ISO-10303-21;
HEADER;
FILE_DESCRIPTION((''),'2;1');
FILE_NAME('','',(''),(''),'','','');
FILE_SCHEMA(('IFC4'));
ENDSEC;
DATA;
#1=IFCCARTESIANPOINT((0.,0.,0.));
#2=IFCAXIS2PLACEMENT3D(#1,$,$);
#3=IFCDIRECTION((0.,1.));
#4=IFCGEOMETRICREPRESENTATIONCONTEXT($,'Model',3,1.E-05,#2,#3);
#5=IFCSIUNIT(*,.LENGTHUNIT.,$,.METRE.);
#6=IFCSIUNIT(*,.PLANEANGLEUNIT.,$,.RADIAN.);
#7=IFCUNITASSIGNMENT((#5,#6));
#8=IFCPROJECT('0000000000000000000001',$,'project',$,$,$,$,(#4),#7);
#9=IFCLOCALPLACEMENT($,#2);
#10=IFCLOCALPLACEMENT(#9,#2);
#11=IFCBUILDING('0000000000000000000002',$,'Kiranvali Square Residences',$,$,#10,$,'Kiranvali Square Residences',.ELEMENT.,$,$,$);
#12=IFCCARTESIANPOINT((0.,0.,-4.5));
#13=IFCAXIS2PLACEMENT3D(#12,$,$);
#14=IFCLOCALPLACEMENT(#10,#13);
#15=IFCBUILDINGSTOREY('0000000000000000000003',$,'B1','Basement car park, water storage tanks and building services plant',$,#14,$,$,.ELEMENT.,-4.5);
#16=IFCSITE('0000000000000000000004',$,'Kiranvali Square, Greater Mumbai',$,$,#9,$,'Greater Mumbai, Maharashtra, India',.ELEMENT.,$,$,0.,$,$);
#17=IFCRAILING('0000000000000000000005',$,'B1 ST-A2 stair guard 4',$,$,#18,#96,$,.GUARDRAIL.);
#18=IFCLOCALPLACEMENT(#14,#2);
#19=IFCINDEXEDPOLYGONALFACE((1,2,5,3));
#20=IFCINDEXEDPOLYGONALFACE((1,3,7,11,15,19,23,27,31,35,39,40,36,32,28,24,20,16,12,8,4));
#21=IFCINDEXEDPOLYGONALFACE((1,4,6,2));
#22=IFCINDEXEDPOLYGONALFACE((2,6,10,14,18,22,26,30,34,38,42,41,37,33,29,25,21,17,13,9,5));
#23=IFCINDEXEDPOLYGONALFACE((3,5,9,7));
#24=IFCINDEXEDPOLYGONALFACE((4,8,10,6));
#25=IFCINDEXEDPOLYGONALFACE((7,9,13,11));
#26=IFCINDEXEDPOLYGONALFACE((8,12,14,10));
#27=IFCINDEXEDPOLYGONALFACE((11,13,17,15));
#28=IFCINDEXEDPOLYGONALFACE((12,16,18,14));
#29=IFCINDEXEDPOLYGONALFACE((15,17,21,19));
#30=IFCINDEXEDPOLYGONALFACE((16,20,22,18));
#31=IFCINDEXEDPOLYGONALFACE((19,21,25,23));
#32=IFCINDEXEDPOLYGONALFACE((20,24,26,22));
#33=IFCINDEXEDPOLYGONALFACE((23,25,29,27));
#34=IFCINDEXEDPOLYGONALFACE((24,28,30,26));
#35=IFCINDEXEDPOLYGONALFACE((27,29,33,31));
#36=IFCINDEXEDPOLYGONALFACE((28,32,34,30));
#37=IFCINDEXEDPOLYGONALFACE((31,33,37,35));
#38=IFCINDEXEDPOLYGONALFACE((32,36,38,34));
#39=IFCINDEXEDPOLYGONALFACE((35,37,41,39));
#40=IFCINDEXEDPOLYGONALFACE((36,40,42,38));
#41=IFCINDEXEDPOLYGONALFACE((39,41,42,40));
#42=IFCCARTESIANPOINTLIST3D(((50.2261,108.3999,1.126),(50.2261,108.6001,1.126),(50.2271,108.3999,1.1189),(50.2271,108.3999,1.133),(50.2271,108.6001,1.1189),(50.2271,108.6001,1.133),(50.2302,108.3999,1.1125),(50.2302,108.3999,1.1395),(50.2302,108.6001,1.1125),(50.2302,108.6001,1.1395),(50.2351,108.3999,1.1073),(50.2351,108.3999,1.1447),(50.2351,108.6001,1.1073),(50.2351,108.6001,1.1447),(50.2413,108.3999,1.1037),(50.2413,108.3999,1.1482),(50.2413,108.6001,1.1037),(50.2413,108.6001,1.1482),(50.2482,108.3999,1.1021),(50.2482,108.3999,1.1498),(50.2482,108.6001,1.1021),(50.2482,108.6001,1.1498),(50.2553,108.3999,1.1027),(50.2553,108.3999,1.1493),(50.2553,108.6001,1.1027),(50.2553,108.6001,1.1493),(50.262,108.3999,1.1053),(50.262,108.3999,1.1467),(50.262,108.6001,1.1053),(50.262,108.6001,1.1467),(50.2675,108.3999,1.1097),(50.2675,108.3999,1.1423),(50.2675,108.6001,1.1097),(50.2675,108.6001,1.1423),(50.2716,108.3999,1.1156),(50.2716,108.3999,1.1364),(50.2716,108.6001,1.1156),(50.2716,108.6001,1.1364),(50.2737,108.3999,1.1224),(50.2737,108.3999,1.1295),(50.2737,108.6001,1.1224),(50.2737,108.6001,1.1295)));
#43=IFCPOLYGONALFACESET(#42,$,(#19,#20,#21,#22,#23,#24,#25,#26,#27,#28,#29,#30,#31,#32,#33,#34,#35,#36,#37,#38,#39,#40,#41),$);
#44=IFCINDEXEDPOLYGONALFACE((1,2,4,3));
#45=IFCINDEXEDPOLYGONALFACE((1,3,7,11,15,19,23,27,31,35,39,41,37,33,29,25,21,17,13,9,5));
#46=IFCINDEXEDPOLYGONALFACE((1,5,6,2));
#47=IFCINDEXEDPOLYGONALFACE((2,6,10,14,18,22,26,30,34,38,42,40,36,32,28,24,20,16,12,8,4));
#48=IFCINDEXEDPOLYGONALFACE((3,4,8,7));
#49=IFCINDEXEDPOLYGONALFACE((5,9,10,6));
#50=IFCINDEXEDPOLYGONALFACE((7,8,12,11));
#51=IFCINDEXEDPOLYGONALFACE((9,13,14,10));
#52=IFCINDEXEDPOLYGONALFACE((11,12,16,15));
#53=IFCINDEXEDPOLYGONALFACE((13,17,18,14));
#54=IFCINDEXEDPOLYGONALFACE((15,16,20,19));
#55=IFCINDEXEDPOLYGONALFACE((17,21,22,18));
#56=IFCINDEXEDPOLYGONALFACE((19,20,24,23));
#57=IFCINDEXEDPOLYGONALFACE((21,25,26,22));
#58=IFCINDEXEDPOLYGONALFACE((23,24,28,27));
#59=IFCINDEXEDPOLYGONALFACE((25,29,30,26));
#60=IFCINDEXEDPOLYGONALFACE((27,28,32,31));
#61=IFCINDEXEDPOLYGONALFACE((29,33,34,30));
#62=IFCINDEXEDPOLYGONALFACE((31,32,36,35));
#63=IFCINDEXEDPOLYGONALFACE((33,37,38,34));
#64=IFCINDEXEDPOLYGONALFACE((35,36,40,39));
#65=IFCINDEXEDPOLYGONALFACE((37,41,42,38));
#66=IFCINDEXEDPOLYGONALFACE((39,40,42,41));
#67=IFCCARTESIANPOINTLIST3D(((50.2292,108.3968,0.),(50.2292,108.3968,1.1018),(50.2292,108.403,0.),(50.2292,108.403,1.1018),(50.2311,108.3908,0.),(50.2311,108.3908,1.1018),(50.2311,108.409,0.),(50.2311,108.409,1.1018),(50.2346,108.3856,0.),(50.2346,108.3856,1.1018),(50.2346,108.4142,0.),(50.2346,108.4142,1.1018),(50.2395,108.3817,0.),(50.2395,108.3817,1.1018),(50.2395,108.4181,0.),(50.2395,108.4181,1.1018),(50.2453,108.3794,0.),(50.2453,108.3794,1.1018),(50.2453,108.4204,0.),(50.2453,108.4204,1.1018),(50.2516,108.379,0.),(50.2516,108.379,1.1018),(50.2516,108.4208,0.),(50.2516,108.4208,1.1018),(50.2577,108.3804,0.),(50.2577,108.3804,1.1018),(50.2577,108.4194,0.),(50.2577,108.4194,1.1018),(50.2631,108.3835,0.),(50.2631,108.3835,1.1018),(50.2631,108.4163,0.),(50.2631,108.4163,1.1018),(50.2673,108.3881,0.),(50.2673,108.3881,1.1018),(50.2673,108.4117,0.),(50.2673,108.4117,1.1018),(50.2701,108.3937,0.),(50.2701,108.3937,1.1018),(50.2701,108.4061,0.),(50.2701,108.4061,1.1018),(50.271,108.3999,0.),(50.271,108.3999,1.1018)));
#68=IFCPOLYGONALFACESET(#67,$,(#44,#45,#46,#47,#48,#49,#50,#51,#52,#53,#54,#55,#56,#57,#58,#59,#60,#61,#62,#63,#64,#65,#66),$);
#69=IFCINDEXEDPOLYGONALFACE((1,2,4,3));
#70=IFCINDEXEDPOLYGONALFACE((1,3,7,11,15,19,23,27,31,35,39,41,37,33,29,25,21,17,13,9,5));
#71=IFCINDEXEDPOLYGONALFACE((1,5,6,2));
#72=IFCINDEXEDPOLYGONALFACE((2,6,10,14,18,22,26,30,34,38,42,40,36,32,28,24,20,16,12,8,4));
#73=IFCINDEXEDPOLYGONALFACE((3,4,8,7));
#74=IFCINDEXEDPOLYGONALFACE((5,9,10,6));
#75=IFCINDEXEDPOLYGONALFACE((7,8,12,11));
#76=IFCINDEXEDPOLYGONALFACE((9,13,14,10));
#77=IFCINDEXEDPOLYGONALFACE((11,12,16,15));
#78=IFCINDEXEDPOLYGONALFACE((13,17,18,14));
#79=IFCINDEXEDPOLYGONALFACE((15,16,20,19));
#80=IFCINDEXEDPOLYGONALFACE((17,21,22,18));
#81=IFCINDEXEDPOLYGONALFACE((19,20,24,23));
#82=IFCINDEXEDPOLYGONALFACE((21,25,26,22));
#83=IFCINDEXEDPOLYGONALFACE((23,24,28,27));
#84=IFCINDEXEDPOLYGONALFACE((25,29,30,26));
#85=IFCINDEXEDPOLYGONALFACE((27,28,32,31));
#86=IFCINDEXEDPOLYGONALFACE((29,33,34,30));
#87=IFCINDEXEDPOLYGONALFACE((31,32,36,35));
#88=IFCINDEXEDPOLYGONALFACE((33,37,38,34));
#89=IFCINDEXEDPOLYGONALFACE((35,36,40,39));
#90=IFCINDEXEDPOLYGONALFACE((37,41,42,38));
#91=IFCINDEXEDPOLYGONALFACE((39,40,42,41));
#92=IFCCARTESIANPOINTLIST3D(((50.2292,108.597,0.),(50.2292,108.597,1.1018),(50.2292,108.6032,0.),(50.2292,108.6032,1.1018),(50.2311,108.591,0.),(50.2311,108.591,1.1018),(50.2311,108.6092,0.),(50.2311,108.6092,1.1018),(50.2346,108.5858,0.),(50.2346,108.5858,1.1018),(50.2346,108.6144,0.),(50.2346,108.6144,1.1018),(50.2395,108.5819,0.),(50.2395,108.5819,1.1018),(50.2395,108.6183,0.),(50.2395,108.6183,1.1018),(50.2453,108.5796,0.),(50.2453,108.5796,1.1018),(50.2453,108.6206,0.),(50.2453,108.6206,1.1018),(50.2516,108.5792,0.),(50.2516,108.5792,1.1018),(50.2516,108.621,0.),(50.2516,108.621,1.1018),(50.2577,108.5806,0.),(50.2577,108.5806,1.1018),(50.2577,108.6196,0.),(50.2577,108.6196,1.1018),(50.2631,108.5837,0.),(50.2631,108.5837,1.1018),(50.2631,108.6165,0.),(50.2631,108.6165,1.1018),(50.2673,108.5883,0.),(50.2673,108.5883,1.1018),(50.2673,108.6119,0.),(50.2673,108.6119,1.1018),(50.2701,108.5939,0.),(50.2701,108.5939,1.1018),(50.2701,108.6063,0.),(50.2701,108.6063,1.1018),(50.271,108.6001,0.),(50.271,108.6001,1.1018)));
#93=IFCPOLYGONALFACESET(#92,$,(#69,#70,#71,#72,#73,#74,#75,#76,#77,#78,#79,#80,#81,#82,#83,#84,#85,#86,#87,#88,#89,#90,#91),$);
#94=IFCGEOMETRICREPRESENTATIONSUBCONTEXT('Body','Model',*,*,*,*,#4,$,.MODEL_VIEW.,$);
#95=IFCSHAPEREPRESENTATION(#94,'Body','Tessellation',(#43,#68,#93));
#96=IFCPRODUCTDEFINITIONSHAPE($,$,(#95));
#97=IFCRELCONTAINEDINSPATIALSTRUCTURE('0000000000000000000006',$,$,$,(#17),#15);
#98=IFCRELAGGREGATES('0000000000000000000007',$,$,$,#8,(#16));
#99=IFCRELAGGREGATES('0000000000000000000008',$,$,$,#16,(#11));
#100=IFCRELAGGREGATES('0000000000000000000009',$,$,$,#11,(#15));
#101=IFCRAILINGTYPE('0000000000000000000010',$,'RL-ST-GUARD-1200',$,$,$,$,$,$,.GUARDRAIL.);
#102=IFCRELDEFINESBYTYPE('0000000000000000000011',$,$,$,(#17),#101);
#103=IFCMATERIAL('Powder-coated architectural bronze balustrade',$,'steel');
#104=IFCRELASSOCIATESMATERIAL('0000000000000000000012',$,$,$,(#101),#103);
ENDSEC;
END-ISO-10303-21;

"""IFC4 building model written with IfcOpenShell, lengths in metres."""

from ifc_helpers import new_model, si_unit, direction, frame, origin, origin_2d, place, context, subcontext, project, spatial, circle, extrude, material, type_object, element, save


model = new_model("IFC4")

# Units and contexts
model_context = context("Model", 3, precision=1e-05, world=origin(), true_north=direction((0.0, 1.0)))
body_context = subcontext(model_context, "Body", "Model", "MODEL_VIEW")
ifc_project = project(units=[si_unit("LENGTHUNIT", "METRE"), si_unit("PLANEANGLEUNIT", "RADIAN")], contexts=[model_context])

# Site, building, storey
site_placement = place(None, origin())
site = spatial("IfcSite", under=ifc_project, at=site_placement, Name="Kiranvali Square, Greater Mumbai", LongName="Greater Mumbai, Maharashtra, India", CompositionType="ELEMENT", RefElevation=0.0)
building_placement = place(site_placement, origin())
building = spatial("IfcBuilding", under=site, at=building_placement, Name="Kiranvali Square Residences", LongName="Kiranvali Square Residences", CompositionType="ELEMENT")
storey_placement = place(building_placement, frame((0.0, 0.0, -4.5)))
storey = spatial("IfcBuildingStorey", under=building, at=storey_placement, Name="B1", Description="Basement car park, water storage tanks and building services plant", CompositionType="ELEMENT", Elevation=-4.5)

# Railing
ifc_material_1 = material(Name="Powder-coated architectural bronze balustrade", Category="steel")
railing_type_1 = type_object("IfcRailingType", Name="RL-ST-GUARD-1200", PredefinedType="GUARDRAIL", material=ifc_material_1)
railing_1_placement = place(storey_placement, frame((50.25, 108.3999, 0.0)))
element("IfcRailing", 1, at=railing_1_placement, inside=storey, type_object=railing_type_1, Name="B1 ST-A2 stair guard 4", PredefinedType="GUARDRAIL", context=body_context, shape_type="SweptSolid", body=[
    extrude(circle(Radius=0.0239, at=origin_2d()), frame((0.0, 0.0, 1.126), z_axis=(0.0, 1.0, 0.0), x_axis=(-1.0, 0.0, 0.0)), (0.0, 0.0, 1.0), 0.2002),
    extrude(circle(Radius=0.021, at=origin_2d()), origin(), (0.0, 0.0, 1.0), 1.1018),
    extrude(circle(Radius=0.021, at=origin_2d()), frame((0.0, 0.2002, 0.0)), (0.0, 0.0, 1.0), 1.1018),
])

save(model, "model.ifc")
